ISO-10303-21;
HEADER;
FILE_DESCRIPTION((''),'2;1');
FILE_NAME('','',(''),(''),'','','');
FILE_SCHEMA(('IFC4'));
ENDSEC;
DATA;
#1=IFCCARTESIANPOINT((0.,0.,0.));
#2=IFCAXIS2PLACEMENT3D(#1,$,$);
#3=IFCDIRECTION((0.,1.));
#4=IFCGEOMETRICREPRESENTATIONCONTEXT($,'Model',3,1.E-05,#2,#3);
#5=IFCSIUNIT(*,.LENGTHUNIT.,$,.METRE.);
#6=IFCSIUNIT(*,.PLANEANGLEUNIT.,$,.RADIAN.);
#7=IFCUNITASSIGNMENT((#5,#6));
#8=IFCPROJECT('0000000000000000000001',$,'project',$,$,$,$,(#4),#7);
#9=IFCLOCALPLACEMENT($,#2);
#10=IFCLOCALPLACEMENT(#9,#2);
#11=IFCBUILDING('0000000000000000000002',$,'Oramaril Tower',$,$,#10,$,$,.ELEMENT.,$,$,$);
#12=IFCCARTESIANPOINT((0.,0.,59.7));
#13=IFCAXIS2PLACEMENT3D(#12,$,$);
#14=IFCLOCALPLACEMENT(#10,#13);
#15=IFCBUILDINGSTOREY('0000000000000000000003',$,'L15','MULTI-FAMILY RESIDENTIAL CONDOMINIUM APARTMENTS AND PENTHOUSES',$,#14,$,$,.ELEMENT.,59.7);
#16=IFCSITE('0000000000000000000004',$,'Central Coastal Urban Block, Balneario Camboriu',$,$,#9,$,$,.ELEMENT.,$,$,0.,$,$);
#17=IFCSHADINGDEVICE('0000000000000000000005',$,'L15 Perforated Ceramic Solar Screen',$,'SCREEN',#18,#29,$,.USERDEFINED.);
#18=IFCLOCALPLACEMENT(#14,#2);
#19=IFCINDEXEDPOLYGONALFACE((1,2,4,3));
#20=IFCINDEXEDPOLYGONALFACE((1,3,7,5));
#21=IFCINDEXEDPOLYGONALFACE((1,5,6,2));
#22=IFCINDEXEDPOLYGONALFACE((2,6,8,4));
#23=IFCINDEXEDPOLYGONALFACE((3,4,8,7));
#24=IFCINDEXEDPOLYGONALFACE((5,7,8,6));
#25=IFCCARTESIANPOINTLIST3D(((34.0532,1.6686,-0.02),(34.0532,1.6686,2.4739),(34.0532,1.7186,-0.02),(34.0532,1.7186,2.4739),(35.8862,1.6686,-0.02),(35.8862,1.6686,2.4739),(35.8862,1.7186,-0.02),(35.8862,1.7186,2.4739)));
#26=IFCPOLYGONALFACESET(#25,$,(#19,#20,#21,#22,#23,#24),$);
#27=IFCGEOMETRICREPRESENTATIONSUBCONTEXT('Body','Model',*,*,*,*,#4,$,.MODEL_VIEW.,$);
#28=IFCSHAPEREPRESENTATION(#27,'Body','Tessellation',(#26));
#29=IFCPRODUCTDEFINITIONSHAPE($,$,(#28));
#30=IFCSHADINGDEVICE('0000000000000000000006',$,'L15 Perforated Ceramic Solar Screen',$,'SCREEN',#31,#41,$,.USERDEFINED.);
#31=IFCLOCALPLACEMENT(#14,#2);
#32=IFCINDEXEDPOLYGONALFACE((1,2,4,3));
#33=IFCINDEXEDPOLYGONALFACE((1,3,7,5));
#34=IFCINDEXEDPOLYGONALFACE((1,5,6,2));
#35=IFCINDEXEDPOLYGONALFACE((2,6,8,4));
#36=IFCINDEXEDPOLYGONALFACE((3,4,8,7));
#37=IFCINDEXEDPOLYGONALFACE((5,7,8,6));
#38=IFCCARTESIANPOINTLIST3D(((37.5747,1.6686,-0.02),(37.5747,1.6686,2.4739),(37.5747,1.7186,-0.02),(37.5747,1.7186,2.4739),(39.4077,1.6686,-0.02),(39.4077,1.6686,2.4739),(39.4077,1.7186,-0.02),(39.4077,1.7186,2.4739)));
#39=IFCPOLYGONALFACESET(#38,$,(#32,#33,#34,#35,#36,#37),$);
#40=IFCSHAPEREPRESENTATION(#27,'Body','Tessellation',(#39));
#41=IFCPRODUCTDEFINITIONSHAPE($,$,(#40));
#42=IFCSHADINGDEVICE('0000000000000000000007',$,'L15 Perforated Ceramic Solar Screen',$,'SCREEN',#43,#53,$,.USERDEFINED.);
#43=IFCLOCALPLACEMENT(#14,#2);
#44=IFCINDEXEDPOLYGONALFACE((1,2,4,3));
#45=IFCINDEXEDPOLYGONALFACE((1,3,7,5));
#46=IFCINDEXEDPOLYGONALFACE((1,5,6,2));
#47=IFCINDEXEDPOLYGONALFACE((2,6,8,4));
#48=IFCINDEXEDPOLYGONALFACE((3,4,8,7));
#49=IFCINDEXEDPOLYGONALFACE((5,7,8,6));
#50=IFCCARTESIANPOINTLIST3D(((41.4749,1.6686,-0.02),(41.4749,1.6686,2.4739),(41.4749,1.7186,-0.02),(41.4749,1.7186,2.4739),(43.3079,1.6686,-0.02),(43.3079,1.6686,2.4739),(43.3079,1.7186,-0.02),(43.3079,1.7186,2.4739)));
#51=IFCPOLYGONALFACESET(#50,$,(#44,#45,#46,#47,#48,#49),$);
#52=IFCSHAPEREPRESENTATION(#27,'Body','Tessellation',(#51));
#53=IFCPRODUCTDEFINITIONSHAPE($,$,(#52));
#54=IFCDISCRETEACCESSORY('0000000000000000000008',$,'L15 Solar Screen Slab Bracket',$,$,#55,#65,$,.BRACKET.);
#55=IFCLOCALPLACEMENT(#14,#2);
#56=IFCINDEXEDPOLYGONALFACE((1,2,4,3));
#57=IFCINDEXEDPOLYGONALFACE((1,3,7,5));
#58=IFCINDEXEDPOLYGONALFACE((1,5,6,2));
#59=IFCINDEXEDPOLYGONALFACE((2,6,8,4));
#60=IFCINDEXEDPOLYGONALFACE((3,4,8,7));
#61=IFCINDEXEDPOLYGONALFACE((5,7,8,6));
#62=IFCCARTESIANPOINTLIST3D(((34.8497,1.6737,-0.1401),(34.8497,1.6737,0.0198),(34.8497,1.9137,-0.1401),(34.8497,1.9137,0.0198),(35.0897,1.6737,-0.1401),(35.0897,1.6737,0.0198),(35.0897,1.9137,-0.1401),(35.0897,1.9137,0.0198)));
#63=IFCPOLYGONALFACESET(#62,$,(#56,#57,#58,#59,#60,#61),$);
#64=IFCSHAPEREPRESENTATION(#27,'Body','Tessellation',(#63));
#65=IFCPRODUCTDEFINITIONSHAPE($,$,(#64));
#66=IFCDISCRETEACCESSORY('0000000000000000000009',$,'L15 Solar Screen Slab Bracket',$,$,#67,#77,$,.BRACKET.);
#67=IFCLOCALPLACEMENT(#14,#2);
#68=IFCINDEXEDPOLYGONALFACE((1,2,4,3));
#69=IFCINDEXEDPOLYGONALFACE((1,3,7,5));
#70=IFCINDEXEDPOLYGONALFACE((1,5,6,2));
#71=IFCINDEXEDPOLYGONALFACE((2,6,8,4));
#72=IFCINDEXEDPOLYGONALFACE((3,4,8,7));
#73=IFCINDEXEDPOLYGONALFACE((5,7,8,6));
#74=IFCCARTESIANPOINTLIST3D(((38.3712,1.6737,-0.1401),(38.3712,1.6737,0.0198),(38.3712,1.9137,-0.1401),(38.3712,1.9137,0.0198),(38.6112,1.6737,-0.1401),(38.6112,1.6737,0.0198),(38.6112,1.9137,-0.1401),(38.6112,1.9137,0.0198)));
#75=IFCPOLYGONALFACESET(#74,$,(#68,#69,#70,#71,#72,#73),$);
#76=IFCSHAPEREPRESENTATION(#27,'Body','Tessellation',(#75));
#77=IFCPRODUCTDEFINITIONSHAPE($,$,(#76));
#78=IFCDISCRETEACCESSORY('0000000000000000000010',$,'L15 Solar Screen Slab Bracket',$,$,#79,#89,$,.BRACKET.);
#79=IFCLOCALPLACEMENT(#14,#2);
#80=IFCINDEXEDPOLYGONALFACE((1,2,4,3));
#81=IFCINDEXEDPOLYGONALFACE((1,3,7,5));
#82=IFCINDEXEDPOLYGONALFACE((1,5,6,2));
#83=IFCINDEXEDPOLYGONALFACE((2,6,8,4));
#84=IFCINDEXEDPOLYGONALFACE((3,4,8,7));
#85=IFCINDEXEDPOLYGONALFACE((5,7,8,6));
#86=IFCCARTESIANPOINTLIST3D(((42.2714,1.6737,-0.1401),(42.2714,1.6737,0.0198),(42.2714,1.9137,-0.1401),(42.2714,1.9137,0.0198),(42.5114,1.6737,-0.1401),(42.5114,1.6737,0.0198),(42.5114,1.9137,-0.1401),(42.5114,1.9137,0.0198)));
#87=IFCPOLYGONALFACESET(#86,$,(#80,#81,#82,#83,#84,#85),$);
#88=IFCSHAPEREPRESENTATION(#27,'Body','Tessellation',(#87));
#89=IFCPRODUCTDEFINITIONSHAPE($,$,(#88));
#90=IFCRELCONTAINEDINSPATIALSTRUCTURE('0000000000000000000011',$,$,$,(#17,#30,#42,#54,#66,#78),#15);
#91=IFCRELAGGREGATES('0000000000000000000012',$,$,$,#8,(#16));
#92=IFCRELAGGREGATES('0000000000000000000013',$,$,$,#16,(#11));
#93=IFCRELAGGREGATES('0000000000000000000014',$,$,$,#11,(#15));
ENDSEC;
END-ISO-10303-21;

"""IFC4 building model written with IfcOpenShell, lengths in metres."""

from ifc_helpers import new_model, si_unit, direction, frame, origin, origin_2d, place, context, subcontext, project, spatial, rectangle, extrude, element, save


model = new_model("IFC4")

# Units and contexts
model_context = context("Model", 3, precision=1e-05, world=origin(), true_north=direction((0.0, 1.0)))
body_context = subcontext(model_context, "Body", "Model", "MODEL_VIEW")
ifc_project = project(units=[si_unit("LENGTHUNIT", "METRE"), si_unit("PLANEANGLEUNIT", "RADIAN")], contexts=[model_context])

# Site, building, storey
site_placement = place(None, origin())
site = spatial("IfcSite", under=ifc_project, at=site_placement, Name="Central Coastal Urban Block, Balneario Camboriu", CompositionType="ELEMENT", RefElevation=0.0)
building_placement = place(site_placement, origin())
building = spatial("IfcBuilding", under=site, at=building_placement, Name="Oramaril Tower", CompositionType="ELEMENT")
storey_placement = place(building_placement, frame((0.0, 0.0, 59.7)))
storey = spatial("IfcBuildingStorey", under=building, at=storey_placement, Name="L15", Description="MULTI-FAMILY RESIDENTIAL CONDOMINIUM APARTMENTS AND PENTHOUSES", CompositionType="ELEMENT", Elevation=59.7)

# Shading devices
for number, where, z_axis, x_axis, name in (
    (1, (34.9697, 1.6936, -0.02), (0.0, 0.0, 1.0), (1.0, 0.0, 0.0), "L15 Perforated Ceramic Solar Screen"),
    (2, (38.4912, 1.6936, -0.02), (0.0, 0.0, 1.0), (1.0, 0.0, 0.0), "L15 Perforated Ceramic Solar Screen"),
    (3, (42.3914, 1.6936, -0.02), (0.0, 0.0, 1.0), (1.0, 0.0, 0.0), "L15 Perforated Ceramic Solar Screen"),
):
    element("IfcShadingDevice", number, at=place(storey_placement, frame(where, z_axis=z_axis, x_axis=x_axis)), inside=storey, Name=name, ObjectType="SCREEN", PredefinedType="USERDEFINED", context=body_context, shape_type="SweptSolid", body=[
        extrude(rectangle(XDim=1.833, YDim=0.05, at=origin_2d()), origin(), (0.0, 0.0, 1.0), 2.4939),
    ])

# Discrete accessories
for number, where, z_axis, x_axis, name in (
    (4, (34.9697, 1.7937, -0.1401), (0.0, 0.0, 1.0), (1.0, 0.0, 0.0), "L15 Solar Screen Slab Bracket"),
    (5, (38.4912, 1.7937, -0.1401), (0.0, 0.0, 1.0), (1.0, 0.0, 0.0), "L15 Solar Screen Slab Bracket"),
    (6, (42.3914, 1.7937, -0.1401), (0.0, 0.0, 1.0), (1.0, 0.0, 0.0), "L15 Solar Screen Slab Bracket"),
):
    element("IfcDiscreteAccessory", number, at=place(storey_placement, frame(where, z_axis=z_axis, x_axis=x_axis)), inside=storey, Name=name, PredefinedType="BRACKET", context=body_context, shape_type="SweptSolid", body=[
        extrude(rectangle(XDim=0.24, YDim=0.24, at=origin_2d()), origin(), (0.0, 0.0, 1.0), 0.1599),
    ])

save(model, "model.ifc")
